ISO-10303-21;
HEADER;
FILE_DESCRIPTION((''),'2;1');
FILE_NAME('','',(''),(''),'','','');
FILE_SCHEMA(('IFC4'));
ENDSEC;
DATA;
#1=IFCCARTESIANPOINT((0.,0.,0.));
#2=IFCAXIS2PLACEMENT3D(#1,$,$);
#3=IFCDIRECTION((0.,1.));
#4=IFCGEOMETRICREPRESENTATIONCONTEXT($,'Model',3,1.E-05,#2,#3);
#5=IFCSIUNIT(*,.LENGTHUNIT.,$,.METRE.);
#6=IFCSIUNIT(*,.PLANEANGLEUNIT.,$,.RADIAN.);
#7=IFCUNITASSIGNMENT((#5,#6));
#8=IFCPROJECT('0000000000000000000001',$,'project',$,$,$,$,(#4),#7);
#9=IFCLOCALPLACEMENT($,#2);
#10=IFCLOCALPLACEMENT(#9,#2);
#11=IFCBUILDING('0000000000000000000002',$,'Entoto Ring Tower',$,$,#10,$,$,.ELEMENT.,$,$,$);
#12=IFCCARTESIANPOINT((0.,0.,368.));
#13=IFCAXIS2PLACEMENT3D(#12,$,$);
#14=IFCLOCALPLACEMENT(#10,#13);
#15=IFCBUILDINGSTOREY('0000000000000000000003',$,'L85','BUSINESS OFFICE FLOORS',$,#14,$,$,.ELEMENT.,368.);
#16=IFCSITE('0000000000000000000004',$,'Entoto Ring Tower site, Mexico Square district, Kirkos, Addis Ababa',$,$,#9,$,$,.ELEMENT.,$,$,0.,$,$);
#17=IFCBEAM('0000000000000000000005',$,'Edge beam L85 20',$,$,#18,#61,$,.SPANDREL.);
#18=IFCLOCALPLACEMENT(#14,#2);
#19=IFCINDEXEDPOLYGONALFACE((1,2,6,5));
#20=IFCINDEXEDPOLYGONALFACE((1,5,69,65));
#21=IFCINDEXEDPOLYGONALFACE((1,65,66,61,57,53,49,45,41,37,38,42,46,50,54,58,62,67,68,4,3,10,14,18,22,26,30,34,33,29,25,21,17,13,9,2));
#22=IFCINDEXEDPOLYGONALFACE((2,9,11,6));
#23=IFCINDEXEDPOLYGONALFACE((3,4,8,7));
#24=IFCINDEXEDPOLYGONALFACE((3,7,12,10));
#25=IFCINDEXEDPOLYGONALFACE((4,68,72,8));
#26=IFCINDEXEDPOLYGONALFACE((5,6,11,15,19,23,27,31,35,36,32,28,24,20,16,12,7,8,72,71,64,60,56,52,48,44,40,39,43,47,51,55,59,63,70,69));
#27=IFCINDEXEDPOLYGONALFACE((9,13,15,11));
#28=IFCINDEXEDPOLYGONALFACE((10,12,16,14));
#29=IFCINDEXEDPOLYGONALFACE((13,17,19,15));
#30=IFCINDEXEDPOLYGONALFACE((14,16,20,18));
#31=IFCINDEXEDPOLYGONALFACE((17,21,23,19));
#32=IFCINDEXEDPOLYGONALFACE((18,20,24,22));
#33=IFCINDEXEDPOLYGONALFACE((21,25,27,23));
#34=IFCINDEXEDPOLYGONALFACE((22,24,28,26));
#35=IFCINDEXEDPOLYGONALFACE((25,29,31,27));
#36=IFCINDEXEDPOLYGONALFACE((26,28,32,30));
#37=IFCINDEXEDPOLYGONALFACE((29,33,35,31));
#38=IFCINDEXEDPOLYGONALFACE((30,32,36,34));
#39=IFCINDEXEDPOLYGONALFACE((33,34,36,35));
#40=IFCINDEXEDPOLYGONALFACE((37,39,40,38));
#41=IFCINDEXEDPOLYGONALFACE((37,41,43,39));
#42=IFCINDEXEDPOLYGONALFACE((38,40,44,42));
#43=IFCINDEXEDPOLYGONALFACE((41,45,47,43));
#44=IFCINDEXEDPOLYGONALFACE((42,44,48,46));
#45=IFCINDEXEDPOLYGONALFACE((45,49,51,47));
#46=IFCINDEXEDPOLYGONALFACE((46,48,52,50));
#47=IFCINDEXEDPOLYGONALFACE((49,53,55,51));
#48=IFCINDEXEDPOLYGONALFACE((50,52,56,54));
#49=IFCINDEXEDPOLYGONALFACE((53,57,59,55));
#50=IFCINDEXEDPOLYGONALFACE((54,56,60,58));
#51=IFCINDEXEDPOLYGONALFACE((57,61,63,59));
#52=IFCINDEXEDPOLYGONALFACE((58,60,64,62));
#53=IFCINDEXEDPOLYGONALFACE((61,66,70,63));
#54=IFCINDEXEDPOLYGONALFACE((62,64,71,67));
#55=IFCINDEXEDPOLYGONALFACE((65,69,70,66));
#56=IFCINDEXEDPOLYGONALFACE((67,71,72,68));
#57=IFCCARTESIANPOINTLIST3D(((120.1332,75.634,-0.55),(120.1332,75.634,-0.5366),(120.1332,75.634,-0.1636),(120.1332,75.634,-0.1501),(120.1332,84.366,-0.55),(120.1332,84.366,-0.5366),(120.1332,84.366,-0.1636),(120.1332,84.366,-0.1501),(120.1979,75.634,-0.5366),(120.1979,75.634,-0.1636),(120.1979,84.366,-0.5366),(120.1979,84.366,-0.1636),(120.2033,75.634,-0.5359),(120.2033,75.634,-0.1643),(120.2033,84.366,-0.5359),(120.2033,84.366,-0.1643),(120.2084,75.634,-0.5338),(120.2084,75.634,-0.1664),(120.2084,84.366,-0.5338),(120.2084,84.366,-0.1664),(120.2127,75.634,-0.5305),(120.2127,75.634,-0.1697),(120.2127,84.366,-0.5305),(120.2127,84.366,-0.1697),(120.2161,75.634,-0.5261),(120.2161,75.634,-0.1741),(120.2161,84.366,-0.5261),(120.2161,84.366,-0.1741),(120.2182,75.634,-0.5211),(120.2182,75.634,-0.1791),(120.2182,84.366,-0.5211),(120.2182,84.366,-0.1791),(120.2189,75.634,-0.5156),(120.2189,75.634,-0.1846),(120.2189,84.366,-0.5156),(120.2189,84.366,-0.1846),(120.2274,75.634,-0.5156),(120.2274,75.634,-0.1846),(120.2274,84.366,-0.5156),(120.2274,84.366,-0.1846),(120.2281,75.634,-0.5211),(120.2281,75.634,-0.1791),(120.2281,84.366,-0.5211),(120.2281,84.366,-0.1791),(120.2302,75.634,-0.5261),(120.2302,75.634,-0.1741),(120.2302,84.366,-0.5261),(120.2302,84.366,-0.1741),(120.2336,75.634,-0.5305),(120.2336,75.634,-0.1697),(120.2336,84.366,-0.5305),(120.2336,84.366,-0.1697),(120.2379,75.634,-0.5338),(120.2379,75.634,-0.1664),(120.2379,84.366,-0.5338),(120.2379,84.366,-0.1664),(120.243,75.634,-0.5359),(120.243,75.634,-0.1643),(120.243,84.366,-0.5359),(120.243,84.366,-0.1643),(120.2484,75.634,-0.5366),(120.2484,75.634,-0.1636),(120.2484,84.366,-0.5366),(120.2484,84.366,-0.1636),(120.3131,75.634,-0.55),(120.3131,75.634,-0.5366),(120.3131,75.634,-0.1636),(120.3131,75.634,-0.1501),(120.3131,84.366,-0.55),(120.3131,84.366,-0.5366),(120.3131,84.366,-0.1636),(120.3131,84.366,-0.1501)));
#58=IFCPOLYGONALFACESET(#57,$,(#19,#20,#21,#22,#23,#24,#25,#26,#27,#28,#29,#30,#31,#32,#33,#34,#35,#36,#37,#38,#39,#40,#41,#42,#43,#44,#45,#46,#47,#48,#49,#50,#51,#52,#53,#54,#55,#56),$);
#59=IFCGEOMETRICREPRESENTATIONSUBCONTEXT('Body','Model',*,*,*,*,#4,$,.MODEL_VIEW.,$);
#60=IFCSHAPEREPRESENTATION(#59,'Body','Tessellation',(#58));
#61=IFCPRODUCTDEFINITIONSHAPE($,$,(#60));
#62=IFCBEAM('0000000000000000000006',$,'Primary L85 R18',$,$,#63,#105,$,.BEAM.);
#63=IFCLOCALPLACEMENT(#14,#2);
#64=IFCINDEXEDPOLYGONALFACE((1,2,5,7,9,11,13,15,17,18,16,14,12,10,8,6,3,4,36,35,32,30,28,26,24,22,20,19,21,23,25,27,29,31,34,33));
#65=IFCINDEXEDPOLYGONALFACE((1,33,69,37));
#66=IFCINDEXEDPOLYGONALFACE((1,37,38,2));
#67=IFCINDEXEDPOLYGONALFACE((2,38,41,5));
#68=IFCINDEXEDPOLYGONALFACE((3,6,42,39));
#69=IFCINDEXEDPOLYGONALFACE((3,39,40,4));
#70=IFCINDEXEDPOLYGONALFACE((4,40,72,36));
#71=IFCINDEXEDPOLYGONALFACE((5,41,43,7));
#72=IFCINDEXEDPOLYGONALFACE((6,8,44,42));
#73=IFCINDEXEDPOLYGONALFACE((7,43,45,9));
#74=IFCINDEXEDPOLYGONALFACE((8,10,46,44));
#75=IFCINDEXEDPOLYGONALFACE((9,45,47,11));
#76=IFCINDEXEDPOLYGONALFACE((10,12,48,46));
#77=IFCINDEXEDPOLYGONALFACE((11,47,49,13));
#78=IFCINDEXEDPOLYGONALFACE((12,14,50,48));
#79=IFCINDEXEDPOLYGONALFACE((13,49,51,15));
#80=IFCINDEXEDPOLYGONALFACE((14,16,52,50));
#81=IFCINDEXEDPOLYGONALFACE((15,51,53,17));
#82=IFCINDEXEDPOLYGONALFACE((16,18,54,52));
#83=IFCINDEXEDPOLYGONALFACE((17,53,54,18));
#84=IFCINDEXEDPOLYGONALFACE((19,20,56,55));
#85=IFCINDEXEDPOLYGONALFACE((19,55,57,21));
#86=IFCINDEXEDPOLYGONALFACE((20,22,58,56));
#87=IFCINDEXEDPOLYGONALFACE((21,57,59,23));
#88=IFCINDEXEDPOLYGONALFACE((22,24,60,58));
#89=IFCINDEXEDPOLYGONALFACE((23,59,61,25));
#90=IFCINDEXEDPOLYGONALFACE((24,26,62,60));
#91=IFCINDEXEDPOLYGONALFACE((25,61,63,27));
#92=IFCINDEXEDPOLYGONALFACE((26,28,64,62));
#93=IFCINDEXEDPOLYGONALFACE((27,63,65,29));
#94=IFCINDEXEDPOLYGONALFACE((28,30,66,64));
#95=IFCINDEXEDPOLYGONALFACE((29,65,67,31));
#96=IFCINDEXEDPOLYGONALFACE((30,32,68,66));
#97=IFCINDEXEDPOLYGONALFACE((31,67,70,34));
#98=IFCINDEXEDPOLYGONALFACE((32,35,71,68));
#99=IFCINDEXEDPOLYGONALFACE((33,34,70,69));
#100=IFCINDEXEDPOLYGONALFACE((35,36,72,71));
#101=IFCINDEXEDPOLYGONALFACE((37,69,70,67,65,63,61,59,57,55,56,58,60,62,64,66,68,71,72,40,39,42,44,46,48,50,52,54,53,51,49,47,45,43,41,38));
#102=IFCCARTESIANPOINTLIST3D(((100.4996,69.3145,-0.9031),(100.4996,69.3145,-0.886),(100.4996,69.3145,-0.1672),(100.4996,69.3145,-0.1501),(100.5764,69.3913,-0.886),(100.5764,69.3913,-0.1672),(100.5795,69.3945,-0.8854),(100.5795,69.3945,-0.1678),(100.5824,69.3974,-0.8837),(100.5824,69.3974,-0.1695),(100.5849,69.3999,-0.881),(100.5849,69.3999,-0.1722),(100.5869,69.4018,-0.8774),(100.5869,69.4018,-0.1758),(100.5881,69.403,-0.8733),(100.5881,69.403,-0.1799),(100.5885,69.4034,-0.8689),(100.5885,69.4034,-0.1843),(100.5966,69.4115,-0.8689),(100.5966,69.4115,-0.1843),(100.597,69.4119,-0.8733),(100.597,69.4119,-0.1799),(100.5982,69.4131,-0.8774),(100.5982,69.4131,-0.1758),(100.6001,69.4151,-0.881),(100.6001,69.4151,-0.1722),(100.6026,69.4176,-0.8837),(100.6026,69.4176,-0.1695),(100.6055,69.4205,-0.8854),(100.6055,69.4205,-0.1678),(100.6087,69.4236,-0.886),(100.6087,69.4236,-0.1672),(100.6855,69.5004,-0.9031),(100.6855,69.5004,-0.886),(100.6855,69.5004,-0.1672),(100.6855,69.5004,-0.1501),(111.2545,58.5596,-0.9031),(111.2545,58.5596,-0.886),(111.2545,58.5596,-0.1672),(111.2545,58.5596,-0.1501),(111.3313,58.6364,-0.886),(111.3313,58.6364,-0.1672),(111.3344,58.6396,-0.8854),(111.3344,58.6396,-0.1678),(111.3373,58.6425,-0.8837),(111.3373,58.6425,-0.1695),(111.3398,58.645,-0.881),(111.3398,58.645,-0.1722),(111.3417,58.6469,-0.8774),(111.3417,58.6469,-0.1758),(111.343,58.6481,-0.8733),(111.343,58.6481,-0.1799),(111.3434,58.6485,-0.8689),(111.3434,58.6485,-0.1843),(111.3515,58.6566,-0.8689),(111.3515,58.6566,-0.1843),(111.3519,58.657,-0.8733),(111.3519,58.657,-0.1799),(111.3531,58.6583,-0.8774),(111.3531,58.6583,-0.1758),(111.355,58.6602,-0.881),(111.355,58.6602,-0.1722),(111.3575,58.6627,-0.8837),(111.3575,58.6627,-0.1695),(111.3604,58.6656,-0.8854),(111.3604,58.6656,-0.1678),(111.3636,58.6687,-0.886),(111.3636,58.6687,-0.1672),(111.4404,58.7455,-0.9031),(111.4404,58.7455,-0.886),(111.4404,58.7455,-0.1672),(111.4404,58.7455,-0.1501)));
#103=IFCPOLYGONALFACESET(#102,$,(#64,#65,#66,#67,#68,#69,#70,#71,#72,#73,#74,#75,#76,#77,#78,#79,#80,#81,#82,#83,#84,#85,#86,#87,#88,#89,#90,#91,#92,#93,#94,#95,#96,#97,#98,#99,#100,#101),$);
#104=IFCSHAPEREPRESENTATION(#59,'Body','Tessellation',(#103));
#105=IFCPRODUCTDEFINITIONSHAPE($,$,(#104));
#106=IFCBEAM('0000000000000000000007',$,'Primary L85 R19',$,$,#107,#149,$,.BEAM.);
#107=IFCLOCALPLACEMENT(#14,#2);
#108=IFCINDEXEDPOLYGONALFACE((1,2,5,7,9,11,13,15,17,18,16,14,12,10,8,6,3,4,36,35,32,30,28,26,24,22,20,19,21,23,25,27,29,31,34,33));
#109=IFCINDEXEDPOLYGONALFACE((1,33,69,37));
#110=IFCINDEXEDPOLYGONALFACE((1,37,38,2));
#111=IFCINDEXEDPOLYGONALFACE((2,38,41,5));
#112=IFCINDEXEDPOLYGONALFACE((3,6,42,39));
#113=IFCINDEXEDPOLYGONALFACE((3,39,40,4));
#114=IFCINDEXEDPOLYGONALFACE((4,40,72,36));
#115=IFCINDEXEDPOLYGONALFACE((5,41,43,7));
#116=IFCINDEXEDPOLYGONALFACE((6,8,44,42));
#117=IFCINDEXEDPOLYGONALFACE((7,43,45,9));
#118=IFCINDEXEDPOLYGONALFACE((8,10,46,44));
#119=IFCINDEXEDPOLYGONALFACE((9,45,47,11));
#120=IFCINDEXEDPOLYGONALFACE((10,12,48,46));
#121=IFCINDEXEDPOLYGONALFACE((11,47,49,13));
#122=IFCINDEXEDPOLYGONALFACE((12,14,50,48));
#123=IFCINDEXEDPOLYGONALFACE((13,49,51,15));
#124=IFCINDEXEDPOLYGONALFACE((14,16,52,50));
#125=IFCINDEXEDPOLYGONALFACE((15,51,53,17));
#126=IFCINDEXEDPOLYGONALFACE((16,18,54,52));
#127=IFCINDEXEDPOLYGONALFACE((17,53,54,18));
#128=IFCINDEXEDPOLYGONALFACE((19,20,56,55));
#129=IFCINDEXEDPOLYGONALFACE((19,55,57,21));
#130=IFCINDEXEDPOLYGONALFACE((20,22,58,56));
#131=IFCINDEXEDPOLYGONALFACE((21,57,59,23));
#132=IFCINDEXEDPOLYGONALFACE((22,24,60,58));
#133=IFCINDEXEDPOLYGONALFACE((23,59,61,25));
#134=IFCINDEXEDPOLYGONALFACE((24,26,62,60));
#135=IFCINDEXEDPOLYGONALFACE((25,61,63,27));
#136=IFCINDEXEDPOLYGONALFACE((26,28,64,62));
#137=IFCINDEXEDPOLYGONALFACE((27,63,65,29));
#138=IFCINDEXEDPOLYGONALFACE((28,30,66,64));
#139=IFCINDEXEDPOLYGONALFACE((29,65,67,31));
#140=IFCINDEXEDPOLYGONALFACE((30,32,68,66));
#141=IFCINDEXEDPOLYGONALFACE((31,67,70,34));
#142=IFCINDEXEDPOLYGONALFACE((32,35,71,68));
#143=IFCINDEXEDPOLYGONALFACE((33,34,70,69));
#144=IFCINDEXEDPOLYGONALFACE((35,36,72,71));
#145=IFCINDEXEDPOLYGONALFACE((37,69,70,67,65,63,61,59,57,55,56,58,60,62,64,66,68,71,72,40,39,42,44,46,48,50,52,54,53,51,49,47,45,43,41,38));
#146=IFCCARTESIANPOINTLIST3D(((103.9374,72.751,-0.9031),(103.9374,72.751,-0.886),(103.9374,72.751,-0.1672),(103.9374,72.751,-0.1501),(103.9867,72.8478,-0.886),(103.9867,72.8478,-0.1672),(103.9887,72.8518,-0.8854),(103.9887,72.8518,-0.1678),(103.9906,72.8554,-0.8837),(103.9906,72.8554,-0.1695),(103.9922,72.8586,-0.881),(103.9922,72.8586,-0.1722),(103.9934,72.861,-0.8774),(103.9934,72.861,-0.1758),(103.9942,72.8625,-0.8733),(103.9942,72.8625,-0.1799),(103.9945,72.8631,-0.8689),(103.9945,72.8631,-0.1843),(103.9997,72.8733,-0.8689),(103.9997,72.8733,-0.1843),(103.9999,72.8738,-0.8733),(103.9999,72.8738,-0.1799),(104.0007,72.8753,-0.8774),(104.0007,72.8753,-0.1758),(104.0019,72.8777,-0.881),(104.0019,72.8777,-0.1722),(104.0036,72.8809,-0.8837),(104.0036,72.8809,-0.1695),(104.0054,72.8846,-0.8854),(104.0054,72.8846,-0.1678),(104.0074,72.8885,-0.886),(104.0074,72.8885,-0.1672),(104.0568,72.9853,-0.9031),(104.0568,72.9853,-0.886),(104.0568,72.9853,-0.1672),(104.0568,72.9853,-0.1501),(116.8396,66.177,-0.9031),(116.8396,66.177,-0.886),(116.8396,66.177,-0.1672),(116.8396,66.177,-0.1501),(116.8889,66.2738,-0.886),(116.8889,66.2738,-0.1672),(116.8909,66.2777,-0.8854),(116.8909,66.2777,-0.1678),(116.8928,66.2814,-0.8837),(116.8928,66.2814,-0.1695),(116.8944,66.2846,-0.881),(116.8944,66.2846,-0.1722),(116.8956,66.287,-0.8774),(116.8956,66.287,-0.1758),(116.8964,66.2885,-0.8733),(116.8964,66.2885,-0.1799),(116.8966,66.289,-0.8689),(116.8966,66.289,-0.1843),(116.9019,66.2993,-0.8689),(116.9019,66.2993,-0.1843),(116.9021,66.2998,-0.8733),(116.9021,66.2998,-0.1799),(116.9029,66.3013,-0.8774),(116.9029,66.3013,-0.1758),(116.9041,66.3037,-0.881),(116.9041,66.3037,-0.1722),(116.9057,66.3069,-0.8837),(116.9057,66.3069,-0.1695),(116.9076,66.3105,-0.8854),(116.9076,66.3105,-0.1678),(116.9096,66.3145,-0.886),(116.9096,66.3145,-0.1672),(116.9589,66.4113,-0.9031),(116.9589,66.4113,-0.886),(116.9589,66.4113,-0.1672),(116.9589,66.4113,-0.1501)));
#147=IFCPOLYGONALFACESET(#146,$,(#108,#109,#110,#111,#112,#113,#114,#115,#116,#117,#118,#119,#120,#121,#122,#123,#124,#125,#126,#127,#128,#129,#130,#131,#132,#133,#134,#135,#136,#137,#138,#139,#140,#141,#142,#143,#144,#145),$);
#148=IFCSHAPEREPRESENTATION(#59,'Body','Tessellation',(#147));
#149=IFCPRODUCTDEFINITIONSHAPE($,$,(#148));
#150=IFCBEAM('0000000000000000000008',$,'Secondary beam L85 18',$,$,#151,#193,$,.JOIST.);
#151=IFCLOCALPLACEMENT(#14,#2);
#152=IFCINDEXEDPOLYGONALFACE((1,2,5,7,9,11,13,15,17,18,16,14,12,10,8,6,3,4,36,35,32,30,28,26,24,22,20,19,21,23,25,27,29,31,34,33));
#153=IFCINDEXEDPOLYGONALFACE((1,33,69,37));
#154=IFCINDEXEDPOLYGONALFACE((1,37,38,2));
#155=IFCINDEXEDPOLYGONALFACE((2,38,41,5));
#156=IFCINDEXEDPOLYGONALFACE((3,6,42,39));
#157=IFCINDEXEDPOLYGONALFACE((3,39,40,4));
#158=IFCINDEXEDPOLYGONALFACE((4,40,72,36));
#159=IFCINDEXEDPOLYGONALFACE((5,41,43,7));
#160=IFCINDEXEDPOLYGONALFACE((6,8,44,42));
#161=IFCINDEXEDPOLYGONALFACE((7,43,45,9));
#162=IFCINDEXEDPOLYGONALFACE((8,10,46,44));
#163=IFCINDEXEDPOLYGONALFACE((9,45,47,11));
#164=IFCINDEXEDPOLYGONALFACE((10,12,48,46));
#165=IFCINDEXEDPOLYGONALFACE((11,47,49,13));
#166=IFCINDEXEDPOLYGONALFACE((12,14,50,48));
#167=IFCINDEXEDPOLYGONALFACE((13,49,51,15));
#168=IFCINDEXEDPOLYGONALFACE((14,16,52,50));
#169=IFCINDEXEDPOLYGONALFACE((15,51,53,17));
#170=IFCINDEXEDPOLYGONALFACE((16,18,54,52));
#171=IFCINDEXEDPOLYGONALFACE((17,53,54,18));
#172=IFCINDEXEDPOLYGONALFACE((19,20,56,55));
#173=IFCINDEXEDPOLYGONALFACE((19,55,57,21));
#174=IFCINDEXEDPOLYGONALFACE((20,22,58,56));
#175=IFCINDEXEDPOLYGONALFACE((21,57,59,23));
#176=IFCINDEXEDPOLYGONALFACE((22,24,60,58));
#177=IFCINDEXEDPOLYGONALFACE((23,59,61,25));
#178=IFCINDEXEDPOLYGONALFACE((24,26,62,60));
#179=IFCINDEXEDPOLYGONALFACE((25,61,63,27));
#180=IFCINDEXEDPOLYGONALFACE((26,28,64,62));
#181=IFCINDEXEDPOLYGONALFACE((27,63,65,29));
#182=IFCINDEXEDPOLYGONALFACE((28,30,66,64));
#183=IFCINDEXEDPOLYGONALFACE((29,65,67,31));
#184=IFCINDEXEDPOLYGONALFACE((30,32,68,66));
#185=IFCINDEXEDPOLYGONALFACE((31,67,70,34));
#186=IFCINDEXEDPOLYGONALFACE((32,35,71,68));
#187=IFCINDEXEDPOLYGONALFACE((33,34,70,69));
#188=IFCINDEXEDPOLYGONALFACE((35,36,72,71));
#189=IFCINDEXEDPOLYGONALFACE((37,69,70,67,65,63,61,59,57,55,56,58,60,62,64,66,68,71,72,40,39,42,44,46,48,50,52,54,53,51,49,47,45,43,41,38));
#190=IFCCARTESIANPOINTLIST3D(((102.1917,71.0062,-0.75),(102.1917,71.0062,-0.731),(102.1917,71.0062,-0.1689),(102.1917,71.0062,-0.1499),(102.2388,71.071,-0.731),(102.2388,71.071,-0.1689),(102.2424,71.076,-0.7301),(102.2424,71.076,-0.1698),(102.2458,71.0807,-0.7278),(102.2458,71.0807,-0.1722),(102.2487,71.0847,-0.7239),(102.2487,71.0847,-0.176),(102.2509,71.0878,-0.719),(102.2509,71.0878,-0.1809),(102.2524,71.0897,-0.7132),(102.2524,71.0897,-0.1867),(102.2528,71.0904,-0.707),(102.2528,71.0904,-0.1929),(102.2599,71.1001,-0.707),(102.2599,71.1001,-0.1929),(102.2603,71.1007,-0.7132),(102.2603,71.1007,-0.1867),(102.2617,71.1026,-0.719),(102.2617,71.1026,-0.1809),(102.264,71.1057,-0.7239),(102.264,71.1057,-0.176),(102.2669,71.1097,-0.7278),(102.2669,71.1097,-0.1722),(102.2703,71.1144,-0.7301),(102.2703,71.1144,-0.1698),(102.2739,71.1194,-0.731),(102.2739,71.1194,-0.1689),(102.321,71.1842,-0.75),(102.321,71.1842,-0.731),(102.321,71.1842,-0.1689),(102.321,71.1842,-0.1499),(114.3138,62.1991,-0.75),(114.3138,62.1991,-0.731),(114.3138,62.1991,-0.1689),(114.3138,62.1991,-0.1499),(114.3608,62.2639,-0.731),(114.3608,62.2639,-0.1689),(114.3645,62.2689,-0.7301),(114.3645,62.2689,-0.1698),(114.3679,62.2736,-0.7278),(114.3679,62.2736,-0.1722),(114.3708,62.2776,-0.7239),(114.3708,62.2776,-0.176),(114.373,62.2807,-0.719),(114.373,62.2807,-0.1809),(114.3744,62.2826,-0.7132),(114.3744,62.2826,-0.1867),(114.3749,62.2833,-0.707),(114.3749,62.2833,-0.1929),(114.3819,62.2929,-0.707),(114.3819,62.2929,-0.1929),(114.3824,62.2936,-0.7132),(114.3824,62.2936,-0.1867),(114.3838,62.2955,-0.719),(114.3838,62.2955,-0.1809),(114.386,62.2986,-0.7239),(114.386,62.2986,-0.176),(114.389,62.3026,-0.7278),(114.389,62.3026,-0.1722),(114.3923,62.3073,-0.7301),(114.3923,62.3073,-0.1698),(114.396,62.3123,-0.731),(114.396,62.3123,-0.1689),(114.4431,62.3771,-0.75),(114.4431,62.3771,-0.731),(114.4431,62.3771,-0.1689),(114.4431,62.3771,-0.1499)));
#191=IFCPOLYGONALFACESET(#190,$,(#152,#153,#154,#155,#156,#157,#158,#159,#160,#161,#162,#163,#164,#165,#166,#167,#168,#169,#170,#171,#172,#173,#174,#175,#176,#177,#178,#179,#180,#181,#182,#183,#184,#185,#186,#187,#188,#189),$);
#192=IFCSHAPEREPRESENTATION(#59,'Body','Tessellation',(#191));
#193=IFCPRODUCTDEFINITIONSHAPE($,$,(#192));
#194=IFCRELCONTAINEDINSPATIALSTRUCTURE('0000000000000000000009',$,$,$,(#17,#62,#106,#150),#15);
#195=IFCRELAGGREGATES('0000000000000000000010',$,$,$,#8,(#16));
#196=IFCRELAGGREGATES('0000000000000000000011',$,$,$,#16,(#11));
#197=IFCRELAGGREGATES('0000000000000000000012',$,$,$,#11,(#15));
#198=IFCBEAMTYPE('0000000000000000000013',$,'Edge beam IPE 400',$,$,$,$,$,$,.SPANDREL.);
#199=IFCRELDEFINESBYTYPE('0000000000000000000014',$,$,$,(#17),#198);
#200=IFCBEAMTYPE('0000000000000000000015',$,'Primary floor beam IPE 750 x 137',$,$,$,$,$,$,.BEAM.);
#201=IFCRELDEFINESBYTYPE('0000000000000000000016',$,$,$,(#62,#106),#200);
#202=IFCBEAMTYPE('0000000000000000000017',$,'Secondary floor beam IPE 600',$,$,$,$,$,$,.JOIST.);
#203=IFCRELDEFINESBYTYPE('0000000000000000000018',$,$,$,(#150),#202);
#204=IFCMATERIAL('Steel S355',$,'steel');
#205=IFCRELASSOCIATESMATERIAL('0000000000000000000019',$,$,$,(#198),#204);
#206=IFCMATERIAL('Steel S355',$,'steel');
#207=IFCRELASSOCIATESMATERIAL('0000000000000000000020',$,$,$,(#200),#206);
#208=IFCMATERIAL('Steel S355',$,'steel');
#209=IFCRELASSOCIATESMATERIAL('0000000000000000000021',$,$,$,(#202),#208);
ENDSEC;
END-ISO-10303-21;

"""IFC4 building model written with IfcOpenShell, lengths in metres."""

from ifc_helpers import new_model, si_unit, direction, frame, origin, origin_2d, place, context, subcontext, project, spatial, i_section, extrude, material, material_profile, profile_set, type_object, element, save


model = new_model("IFC4")

# Units and contexts
model_context = context("Model", 3, precision=1e-05, world=origin(), true_north=direction((0.0, 1.0)))
body_context = subcontext(model_context, "Body", "Model", "MODEL_VIEW")
ifc_project = project(units=[si_unit("LENGTHUNIT", "METRE"), si_unit("PLANEANGLEUNIT", "RADIAN")], contexts=[model_context])

# Site, building, storey
site_placement = place(None, origin())
site = spatial("IfcSite", under=ifc_project, at=site_placement, Name="Entoto Ring Tower site, Mexico Square district, Kirkos, Addis Ababa", CompositionType="ELEMENT", RefElevation=0.0)
building_placement = place(site_placement, origin())
building = spatial("IfcBuilding", under=site, at=building_placement, Name="Entoto Ring Tower", CompositionType="ELEMENT")
storey_placement = place(building_placement, frame((0.0, 0.0, 368.0)))
storey = spatial("IfcBuildingStorey", under=building, at=storey_placement, Name="L85", Description="BUSINESS OFFICE FLOORS", CompositionType="ELEMENT", Elevation=368.0)

# Beams
ifc_material_1 = material(Name="Steel S355", Category="steel")
ifc_material_profile_1 = material_profile(ifc_material_1, i_section(OverallWidth=0.1799, OverallDepth=0.3999, WebThickness=0.0085, FlangeThickness=0.0134, FilletRadius=0.021, at=origin_2d()), Name="IPE 400")
ifc_profile_set_1 = profile_set([ifc_material_profile_1], Name="Steel S355")
beam_type_1 = type_object("IfcBeamType", Name="Edge beam IPE 400", PredefinedType="SPANDREL", material=ifc_profile_set_1)
beam_1_placement = place(storey_placement, frame((120.2231, 75.634, -0.3501), z_axis=(0.0, 1.0, 0.0), x_axis=(-1.0, 0.0, 0.0)))
element("IfcBeam", 1, at=beam_1_placement, inside=storey, type_object=beam_type_1, Name="Edge beam L85 20", PredefinedType="SPANDREL", context=body_context, shape_type="SweptSolid", body=[
    extrude(i_section(OverallWidth=0.1799, OverallDepth=0.3999, WebThickness=0.0085, FlangeThickness=0.0134, FilletRadius=0.021, at=origin_2d()), origin(), (0.0, 0.0, 1.0), 8.7319),
])
ifc_material_2 = material(Name="Steel S355", Category="steel")
ifc_material_profile_2 = material_profile(ifc_material_2, i_section(OverallWidth=0.2629, OverallDepth=0.7529, WebThickness=0.0115, FlangeThickness=0.0171, FilletRadius=0.0171, at=origin_2d()), Name="IPE 750 x 137")
ifc_profile_set_2 = profile_set([ifc_material_profile_2], Name="Steel S355")
beam_type_2 = type_object("IfcBeamType", Name="Primary floor beam IPE 750 x 137", PredefinedType="BEAM", material=ifc_profile_set_2)
beam_2_placement = place(storey_placement, frame((100.5925, 69.4075, -0.5266), z_axis=(0.707107, -0.707107, 0.0), x_axis=(0.707107, 0.707107, 0.0)))
element("IfcBeam", 2, at=beam_2_placement, inside=storey, type_object=beam_type_2, Name="Primary L85 R18", PredefinedType="BEAM", context=body_context, shape_type="SweptSolid", body=[
    extrude(i_section(OverallWidth=0.2629, OverallDepth=0.7529, WebThickness=0.0115, FlangeThickness=0.0171, FilletRadius=0.0171, at=origin_2d()), origin(), (0.0, 0.0, 1.0), 15.2097),
])
beam_3_placement = place(storey_placement, frame((103.9971, 72.8682, -0.5266), z_axis=(0.891006, -0.453992, 0.0), x_axis=(0.453992, 0.891006, 0.0)))
element("IfcBeam", 3, at=beam_3_placement, inside=storey, type_object=beam_type_2, Name="Primary L85 R19", PredefinedType="BEAM", context=body_context, shape_type="SweptSolid", body=[
    extrude(i_section(OverallWidth=0.2629, OverallDepth=0.7529, WebThickness=0.0115, FlangeThickness=0.0171, FilletRadius=0.0171, at=origin_2d()), origin(), (0.0, 0.0, 1.0), 14.4805),
])
ifc_material_3 = material(Name="Steel S355", Category="steel")
ifc_material_profile_3 = material_profile(ifc_material_3, i_section(OverallWidth=0.22, OverallDepth=0.6001, WebThickness=0.012, FlangeThickness=0.019, FilletRadius=0.0239, at=origin_2d()), Name="IPE 600")
ifc_profile_set_3 = profile_set([ifc_material_profile_3], Name="Steel S355")
beam_type_3 = type_object("IfcBeamType", Name="Secondary floor beam IPE 600", PredefinedType="JOIST", material=ifc_profile_set_3)
beam_4_placement = place(storey_placement, frame((102.2563, 71.0952, -0.45), z_axis=(0.809019, -0.587782, 0.0), x_axis=(0.587782, 0.809019, 0.0)))
element("IfcBeam", 4, at=beam_4_placement, inside=storey, type_object=beam_type_3, Name="Secondary beam L85 18", PredefinedType="JOIST", context=body_context, shape_type="SweptSolid", body=[
    extrude(i_section(OverallWidth=0.22, OverallDepth=0.6001, WebThickness=0.012, FlangeThickness=0.019, FilletRadius=0.0239, at=origin_2d()), origin(), (0.0, 0.0, 1.0), 14.9836),
])

save(model, "model.ifc")
